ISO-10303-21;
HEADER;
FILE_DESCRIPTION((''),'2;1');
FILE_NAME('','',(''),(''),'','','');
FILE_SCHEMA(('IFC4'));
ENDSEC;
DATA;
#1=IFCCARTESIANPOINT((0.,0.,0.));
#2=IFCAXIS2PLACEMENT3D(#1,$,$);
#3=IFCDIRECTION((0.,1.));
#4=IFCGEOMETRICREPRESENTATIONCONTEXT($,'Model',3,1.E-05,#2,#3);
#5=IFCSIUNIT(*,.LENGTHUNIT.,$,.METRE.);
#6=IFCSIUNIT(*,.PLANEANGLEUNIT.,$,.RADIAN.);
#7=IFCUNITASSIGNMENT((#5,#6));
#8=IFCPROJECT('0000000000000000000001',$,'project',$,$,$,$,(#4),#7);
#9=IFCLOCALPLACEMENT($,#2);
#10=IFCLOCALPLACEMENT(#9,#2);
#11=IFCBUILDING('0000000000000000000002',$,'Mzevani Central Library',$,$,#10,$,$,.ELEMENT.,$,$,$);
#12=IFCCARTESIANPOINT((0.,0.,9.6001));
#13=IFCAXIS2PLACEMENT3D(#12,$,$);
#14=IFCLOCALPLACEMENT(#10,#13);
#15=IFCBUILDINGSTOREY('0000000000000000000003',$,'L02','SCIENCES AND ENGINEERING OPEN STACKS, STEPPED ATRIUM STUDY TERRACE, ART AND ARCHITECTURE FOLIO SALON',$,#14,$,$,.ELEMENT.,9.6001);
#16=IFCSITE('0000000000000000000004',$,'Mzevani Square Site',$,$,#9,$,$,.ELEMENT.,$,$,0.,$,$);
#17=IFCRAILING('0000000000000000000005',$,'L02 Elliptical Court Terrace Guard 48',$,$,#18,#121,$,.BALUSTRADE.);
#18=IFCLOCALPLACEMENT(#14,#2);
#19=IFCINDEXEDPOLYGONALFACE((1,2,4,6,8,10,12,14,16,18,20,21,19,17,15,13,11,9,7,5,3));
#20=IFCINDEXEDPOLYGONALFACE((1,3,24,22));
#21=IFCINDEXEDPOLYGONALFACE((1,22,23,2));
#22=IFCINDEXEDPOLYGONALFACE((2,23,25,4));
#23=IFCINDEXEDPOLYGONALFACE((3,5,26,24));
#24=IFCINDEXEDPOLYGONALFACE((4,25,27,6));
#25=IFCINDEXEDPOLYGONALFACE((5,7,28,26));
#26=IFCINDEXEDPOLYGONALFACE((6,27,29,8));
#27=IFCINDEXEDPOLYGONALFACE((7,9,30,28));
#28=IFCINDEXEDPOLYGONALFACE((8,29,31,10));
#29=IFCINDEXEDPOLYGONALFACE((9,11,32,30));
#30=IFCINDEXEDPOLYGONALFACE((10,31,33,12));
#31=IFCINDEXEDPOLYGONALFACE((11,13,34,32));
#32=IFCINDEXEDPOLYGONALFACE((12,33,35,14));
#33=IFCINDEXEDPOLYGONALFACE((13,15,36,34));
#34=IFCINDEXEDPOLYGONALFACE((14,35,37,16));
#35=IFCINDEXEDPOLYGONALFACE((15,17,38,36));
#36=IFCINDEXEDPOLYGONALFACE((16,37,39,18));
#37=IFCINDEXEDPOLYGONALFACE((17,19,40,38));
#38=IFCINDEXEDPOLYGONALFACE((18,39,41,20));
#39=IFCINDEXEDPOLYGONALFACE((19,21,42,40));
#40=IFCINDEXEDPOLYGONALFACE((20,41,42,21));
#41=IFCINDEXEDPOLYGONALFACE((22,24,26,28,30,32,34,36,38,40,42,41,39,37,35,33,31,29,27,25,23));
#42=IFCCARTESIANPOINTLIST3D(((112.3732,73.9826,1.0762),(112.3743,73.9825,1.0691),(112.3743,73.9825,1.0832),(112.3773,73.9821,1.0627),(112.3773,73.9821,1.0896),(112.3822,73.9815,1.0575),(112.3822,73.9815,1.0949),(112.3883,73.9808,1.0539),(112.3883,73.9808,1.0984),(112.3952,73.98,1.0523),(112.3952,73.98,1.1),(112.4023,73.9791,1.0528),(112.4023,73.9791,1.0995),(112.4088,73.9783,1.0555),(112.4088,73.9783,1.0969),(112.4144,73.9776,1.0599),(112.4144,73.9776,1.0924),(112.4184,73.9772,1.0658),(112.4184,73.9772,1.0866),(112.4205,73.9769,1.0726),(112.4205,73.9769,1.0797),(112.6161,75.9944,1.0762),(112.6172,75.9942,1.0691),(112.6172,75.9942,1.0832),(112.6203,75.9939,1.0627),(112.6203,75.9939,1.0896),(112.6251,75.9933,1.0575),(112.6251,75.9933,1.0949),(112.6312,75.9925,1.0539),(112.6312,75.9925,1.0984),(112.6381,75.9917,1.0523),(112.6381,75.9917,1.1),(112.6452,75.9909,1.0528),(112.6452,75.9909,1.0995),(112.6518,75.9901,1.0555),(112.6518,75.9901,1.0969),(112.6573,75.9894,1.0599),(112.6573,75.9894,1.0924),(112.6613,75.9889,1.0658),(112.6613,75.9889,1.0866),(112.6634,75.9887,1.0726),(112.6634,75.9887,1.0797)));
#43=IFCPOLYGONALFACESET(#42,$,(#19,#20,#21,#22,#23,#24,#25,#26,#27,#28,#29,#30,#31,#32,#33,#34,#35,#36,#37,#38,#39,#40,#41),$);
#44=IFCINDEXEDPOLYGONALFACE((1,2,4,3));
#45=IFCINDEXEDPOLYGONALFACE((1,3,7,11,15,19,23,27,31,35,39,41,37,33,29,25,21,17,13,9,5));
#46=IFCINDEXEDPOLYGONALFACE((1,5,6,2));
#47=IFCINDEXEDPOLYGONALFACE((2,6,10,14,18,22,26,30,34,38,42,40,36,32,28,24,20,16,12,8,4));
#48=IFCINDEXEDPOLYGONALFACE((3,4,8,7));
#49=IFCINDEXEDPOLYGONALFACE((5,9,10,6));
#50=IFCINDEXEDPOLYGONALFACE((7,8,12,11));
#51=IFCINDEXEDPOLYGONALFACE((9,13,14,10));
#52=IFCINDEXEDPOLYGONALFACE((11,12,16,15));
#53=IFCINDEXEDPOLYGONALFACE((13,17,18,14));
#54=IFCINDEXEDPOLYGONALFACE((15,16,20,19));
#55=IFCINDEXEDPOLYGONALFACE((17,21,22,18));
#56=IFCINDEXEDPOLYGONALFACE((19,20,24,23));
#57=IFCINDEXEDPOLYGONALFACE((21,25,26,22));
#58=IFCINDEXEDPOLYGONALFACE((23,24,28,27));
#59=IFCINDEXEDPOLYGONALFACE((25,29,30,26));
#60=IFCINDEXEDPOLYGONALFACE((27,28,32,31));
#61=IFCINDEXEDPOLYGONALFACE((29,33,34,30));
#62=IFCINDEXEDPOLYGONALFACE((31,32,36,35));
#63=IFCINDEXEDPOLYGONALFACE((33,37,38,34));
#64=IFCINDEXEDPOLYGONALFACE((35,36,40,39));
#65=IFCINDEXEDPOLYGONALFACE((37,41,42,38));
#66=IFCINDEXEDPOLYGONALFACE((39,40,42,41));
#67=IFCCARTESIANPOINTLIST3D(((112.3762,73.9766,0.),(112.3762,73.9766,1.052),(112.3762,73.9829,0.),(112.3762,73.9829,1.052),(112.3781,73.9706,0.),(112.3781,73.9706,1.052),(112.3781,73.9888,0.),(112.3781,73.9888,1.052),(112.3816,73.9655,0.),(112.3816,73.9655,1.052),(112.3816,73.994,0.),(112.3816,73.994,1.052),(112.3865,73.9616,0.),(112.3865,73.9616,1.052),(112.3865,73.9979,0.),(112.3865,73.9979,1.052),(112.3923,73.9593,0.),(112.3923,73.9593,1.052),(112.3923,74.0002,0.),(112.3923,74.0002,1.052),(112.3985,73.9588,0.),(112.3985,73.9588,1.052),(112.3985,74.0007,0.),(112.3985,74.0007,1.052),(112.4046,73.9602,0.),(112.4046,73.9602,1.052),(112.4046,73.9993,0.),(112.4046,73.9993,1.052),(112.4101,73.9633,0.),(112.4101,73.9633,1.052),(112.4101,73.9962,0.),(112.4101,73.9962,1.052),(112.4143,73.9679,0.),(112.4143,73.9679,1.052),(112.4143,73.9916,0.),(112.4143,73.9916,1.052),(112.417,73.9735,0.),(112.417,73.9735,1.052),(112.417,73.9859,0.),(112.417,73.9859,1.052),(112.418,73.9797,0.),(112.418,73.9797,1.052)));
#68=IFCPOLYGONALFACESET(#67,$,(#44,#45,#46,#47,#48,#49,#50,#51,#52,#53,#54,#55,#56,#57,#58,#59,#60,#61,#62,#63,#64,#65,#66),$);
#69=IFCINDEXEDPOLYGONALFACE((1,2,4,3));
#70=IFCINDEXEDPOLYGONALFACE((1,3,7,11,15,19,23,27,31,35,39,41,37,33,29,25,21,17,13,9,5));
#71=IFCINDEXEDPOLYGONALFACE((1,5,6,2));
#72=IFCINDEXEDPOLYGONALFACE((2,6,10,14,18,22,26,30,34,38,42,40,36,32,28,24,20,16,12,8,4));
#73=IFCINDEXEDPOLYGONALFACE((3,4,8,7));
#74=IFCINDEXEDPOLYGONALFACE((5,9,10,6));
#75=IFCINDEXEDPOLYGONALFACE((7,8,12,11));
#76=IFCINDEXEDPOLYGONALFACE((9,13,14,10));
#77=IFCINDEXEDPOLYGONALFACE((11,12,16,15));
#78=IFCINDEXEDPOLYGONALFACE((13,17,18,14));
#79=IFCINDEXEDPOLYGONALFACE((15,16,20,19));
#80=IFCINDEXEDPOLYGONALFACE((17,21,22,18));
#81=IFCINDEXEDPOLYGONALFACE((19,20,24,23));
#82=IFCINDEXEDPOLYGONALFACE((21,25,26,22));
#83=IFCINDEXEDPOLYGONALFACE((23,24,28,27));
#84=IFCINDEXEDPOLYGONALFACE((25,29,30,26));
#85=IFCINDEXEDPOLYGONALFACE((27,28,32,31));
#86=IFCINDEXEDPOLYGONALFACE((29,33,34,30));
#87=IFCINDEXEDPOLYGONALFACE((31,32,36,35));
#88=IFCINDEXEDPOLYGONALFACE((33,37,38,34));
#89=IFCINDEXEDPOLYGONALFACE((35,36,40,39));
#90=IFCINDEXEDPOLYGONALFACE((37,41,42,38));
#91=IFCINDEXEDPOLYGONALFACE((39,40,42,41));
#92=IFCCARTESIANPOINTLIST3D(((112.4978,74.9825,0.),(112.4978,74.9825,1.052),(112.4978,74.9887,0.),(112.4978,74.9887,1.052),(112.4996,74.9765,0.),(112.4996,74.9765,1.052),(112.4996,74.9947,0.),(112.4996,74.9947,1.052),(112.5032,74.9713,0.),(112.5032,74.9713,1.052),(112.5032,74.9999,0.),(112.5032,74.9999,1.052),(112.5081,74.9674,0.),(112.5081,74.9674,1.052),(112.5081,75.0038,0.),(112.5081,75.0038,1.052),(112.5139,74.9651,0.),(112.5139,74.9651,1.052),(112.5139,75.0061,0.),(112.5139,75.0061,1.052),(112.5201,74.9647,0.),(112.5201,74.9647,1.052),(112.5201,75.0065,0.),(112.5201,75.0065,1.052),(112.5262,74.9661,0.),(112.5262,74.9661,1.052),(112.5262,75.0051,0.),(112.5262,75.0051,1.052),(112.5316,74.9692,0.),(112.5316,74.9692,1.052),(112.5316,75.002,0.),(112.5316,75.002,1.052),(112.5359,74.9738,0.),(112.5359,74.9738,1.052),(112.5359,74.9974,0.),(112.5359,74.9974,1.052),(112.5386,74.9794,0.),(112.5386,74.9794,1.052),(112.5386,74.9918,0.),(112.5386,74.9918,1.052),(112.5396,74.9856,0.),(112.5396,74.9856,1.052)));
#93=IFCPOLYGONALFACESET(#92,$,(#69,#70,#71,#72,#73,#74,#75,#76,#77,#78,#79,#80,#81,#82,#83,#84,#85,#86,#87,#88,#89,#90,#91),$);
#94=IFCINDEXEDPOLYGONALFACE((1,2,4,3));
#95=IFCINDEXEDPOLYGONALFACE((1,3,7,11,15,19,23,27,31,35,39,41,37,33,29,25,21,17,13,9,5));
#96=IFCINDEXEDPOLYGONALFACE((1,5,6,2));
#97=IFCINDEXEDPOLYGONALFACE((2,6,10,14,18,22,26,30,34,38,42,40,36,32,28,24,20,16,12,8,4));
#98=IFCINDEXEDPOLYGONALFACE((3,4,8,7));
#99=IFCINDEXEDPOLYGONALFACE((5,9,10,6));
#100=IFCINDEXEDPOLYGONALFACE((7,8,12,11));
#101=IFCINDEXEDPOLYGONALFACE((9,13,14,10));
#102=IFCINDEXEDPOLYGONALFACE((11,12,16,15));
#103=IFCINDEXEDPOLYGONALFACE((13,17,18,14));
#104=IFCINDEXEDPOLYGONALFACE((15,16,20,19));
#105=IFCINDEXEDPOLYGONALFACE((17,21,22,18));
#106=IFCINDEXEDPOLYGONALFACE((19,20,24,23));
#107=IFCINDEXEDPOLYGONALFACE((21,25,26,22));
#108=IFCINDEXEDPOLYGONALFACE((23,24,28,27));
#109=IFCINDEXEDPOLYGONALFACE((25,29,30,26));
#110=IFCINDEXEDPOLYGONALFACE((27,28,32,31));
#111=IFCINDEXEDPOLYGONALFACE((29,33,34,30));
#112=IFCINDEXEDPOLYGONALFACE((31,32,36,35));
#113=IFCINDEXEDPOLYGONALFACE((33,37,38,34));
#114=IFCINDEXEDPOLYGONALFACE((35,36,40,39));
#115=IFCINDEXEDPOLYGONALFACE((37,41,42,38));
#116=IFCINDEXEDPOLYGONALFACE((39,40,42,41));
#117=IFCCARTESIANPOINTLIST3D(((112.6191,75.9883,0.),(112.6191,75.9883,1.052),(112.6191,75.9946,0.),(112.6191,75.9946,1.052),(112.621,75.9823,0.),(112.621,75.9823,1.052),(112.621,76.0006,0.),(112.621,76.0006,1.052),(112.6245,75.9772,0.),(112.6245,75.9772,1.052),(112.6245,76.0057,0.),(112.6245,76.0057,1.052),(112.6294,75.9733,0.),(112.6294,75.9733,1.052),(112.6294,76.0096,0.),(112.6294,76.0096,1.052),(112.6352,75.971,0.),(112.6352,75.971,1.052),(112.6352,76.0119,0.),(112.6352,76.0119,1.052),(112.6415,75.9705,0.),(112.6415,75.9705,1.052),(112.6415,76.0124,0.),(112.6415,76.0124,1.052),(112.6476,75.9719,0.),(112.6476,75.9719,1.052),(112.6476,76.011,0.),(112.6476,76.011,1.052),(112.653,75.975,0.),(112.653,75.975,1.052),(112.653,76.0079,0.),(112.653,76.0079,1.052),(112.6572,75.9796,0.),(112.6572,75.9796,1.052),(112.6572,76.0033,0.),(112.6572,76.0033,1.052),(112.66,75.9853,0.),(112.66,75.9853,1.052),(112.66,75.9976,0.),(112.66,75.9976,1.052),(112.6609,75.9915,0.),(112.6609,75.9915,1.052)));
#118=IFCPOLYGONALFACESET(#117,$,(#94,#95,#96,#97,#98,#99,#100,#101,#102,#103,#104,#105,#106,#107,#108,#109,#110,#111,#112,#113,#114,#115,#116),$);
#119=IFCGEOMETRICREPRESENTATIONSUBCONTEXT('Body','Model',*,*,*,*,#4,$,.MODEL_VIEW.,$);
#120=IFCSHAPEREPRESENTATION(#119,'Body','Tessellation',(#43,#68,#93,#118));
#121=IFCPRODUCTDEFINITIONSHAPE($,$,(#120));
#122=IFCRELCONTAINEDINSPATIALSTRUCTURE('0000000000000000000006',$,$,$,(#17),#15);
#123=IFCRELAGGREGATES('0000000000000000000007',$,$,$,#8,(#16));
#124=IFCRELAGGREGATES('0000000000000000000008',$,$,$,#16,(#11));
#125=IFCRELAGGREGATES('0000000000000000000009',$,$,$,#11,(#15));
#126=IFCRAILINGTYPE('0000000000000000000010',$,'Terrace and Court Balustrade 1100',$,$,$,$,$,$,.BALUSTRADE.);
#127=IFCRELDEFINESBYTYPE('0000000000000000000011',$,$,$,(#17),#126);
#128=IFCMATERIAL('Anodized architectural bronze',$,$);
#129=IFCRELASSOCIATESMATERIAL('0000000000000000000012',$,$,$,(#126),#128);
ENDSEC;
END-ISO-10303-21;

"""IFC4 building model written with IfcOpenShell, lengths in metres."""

from ifc_helpers import new_model, si_unit, direction, frame, origin, origin_2d, place, context, subcontext, project, spatial, circle, extrude, material, type_object, element, save


model = new_model("IFC4")

# Units and contexts
model_context = context("Model", 3, precision=1e-05, world=origin(), true_north=direction((0.0, 1.0)))
body_context = subcontext(model_context, "Body", "Model", "MODEL_VIEW")
ifc_project = project(units=[si_unit("LENGTHUNIT", "METRE"), si_unit("PLANEANGLEUNIT", "RADIAN")], contexts=[model_context])

# Site, building, storey
site_placement = place(None, origin())
site = spatial("IfcSite", under=ifc_project, at=site_placement, Name="Mzevani Square Site", CompositionType="ELEMENT", RefElevation=0.0)
building_placement = place(site_placement, origin())
building = spatial("IfcBuilding", under=site, at=building_placement, Name="Mzevani Central Library", CompositionType="ELEMENT")
storey_placement = place(building_placement, frame((0.0, 0.0, 9.6001)))
storey = spatial("IfcBuildingStorey", under=building, at=storey_placement, Name="L02", Description="SCIENCES AND ENGINEERING OPEN STACKS, STEPPED ATRIUM STUDY TERRACE, ART AND ARCHITECTURE FOLIO SALON", CompositionType="ELEMENT", Elevation=9.6001)

# Railing
ifc_material_1 = material(Name="Anodized architectural bronze")
railing_type = type_object("IfcRailingType", Name="Terrace and Court Balustrade 1100", PredefinedType="BALUSTRADE", material=ifc_material_1)
railing_1_placement = place(storey_placement, frame((112.397, 73.9797, 0.0)))
element("IfcRailing", 1, at=railing_1_placement, inside=storey, type_object=railing_type, Name="L02 Elliptical Court Terrace Guard 48", PredefinedType="BALUSTRADE", context=body_context, shape_type="SweptSolid", body=[
    extrude(circle(Radius=0.0239, at=origin_2d()), frame((0.0, 0.0, 1.0762), z_axis=(0.119882, 0.992788, 0.0), x_axis=(-0.992788, 0.119882, 0.0)), (0.0, 0.0, 1.0), 2.0264),
    extrude(circle(Radius=0.021, at=origin_2d()), origin(), (0.0, 0.0, 1.0), 1.052),
    extrude(circle(Radius=0.021, at=origin_2d()), frame((0.1216, 1.0059, 0.0)), (0.0, 0.0, 1.0), 1.052),
    extrude(circle(Radius=0.021, at=origin_2d()), frame((0.2429, 2.0117, 0.0)), (0.0, 0.0, 1.0), 1.052),
])

save(model, "model.ifc")
